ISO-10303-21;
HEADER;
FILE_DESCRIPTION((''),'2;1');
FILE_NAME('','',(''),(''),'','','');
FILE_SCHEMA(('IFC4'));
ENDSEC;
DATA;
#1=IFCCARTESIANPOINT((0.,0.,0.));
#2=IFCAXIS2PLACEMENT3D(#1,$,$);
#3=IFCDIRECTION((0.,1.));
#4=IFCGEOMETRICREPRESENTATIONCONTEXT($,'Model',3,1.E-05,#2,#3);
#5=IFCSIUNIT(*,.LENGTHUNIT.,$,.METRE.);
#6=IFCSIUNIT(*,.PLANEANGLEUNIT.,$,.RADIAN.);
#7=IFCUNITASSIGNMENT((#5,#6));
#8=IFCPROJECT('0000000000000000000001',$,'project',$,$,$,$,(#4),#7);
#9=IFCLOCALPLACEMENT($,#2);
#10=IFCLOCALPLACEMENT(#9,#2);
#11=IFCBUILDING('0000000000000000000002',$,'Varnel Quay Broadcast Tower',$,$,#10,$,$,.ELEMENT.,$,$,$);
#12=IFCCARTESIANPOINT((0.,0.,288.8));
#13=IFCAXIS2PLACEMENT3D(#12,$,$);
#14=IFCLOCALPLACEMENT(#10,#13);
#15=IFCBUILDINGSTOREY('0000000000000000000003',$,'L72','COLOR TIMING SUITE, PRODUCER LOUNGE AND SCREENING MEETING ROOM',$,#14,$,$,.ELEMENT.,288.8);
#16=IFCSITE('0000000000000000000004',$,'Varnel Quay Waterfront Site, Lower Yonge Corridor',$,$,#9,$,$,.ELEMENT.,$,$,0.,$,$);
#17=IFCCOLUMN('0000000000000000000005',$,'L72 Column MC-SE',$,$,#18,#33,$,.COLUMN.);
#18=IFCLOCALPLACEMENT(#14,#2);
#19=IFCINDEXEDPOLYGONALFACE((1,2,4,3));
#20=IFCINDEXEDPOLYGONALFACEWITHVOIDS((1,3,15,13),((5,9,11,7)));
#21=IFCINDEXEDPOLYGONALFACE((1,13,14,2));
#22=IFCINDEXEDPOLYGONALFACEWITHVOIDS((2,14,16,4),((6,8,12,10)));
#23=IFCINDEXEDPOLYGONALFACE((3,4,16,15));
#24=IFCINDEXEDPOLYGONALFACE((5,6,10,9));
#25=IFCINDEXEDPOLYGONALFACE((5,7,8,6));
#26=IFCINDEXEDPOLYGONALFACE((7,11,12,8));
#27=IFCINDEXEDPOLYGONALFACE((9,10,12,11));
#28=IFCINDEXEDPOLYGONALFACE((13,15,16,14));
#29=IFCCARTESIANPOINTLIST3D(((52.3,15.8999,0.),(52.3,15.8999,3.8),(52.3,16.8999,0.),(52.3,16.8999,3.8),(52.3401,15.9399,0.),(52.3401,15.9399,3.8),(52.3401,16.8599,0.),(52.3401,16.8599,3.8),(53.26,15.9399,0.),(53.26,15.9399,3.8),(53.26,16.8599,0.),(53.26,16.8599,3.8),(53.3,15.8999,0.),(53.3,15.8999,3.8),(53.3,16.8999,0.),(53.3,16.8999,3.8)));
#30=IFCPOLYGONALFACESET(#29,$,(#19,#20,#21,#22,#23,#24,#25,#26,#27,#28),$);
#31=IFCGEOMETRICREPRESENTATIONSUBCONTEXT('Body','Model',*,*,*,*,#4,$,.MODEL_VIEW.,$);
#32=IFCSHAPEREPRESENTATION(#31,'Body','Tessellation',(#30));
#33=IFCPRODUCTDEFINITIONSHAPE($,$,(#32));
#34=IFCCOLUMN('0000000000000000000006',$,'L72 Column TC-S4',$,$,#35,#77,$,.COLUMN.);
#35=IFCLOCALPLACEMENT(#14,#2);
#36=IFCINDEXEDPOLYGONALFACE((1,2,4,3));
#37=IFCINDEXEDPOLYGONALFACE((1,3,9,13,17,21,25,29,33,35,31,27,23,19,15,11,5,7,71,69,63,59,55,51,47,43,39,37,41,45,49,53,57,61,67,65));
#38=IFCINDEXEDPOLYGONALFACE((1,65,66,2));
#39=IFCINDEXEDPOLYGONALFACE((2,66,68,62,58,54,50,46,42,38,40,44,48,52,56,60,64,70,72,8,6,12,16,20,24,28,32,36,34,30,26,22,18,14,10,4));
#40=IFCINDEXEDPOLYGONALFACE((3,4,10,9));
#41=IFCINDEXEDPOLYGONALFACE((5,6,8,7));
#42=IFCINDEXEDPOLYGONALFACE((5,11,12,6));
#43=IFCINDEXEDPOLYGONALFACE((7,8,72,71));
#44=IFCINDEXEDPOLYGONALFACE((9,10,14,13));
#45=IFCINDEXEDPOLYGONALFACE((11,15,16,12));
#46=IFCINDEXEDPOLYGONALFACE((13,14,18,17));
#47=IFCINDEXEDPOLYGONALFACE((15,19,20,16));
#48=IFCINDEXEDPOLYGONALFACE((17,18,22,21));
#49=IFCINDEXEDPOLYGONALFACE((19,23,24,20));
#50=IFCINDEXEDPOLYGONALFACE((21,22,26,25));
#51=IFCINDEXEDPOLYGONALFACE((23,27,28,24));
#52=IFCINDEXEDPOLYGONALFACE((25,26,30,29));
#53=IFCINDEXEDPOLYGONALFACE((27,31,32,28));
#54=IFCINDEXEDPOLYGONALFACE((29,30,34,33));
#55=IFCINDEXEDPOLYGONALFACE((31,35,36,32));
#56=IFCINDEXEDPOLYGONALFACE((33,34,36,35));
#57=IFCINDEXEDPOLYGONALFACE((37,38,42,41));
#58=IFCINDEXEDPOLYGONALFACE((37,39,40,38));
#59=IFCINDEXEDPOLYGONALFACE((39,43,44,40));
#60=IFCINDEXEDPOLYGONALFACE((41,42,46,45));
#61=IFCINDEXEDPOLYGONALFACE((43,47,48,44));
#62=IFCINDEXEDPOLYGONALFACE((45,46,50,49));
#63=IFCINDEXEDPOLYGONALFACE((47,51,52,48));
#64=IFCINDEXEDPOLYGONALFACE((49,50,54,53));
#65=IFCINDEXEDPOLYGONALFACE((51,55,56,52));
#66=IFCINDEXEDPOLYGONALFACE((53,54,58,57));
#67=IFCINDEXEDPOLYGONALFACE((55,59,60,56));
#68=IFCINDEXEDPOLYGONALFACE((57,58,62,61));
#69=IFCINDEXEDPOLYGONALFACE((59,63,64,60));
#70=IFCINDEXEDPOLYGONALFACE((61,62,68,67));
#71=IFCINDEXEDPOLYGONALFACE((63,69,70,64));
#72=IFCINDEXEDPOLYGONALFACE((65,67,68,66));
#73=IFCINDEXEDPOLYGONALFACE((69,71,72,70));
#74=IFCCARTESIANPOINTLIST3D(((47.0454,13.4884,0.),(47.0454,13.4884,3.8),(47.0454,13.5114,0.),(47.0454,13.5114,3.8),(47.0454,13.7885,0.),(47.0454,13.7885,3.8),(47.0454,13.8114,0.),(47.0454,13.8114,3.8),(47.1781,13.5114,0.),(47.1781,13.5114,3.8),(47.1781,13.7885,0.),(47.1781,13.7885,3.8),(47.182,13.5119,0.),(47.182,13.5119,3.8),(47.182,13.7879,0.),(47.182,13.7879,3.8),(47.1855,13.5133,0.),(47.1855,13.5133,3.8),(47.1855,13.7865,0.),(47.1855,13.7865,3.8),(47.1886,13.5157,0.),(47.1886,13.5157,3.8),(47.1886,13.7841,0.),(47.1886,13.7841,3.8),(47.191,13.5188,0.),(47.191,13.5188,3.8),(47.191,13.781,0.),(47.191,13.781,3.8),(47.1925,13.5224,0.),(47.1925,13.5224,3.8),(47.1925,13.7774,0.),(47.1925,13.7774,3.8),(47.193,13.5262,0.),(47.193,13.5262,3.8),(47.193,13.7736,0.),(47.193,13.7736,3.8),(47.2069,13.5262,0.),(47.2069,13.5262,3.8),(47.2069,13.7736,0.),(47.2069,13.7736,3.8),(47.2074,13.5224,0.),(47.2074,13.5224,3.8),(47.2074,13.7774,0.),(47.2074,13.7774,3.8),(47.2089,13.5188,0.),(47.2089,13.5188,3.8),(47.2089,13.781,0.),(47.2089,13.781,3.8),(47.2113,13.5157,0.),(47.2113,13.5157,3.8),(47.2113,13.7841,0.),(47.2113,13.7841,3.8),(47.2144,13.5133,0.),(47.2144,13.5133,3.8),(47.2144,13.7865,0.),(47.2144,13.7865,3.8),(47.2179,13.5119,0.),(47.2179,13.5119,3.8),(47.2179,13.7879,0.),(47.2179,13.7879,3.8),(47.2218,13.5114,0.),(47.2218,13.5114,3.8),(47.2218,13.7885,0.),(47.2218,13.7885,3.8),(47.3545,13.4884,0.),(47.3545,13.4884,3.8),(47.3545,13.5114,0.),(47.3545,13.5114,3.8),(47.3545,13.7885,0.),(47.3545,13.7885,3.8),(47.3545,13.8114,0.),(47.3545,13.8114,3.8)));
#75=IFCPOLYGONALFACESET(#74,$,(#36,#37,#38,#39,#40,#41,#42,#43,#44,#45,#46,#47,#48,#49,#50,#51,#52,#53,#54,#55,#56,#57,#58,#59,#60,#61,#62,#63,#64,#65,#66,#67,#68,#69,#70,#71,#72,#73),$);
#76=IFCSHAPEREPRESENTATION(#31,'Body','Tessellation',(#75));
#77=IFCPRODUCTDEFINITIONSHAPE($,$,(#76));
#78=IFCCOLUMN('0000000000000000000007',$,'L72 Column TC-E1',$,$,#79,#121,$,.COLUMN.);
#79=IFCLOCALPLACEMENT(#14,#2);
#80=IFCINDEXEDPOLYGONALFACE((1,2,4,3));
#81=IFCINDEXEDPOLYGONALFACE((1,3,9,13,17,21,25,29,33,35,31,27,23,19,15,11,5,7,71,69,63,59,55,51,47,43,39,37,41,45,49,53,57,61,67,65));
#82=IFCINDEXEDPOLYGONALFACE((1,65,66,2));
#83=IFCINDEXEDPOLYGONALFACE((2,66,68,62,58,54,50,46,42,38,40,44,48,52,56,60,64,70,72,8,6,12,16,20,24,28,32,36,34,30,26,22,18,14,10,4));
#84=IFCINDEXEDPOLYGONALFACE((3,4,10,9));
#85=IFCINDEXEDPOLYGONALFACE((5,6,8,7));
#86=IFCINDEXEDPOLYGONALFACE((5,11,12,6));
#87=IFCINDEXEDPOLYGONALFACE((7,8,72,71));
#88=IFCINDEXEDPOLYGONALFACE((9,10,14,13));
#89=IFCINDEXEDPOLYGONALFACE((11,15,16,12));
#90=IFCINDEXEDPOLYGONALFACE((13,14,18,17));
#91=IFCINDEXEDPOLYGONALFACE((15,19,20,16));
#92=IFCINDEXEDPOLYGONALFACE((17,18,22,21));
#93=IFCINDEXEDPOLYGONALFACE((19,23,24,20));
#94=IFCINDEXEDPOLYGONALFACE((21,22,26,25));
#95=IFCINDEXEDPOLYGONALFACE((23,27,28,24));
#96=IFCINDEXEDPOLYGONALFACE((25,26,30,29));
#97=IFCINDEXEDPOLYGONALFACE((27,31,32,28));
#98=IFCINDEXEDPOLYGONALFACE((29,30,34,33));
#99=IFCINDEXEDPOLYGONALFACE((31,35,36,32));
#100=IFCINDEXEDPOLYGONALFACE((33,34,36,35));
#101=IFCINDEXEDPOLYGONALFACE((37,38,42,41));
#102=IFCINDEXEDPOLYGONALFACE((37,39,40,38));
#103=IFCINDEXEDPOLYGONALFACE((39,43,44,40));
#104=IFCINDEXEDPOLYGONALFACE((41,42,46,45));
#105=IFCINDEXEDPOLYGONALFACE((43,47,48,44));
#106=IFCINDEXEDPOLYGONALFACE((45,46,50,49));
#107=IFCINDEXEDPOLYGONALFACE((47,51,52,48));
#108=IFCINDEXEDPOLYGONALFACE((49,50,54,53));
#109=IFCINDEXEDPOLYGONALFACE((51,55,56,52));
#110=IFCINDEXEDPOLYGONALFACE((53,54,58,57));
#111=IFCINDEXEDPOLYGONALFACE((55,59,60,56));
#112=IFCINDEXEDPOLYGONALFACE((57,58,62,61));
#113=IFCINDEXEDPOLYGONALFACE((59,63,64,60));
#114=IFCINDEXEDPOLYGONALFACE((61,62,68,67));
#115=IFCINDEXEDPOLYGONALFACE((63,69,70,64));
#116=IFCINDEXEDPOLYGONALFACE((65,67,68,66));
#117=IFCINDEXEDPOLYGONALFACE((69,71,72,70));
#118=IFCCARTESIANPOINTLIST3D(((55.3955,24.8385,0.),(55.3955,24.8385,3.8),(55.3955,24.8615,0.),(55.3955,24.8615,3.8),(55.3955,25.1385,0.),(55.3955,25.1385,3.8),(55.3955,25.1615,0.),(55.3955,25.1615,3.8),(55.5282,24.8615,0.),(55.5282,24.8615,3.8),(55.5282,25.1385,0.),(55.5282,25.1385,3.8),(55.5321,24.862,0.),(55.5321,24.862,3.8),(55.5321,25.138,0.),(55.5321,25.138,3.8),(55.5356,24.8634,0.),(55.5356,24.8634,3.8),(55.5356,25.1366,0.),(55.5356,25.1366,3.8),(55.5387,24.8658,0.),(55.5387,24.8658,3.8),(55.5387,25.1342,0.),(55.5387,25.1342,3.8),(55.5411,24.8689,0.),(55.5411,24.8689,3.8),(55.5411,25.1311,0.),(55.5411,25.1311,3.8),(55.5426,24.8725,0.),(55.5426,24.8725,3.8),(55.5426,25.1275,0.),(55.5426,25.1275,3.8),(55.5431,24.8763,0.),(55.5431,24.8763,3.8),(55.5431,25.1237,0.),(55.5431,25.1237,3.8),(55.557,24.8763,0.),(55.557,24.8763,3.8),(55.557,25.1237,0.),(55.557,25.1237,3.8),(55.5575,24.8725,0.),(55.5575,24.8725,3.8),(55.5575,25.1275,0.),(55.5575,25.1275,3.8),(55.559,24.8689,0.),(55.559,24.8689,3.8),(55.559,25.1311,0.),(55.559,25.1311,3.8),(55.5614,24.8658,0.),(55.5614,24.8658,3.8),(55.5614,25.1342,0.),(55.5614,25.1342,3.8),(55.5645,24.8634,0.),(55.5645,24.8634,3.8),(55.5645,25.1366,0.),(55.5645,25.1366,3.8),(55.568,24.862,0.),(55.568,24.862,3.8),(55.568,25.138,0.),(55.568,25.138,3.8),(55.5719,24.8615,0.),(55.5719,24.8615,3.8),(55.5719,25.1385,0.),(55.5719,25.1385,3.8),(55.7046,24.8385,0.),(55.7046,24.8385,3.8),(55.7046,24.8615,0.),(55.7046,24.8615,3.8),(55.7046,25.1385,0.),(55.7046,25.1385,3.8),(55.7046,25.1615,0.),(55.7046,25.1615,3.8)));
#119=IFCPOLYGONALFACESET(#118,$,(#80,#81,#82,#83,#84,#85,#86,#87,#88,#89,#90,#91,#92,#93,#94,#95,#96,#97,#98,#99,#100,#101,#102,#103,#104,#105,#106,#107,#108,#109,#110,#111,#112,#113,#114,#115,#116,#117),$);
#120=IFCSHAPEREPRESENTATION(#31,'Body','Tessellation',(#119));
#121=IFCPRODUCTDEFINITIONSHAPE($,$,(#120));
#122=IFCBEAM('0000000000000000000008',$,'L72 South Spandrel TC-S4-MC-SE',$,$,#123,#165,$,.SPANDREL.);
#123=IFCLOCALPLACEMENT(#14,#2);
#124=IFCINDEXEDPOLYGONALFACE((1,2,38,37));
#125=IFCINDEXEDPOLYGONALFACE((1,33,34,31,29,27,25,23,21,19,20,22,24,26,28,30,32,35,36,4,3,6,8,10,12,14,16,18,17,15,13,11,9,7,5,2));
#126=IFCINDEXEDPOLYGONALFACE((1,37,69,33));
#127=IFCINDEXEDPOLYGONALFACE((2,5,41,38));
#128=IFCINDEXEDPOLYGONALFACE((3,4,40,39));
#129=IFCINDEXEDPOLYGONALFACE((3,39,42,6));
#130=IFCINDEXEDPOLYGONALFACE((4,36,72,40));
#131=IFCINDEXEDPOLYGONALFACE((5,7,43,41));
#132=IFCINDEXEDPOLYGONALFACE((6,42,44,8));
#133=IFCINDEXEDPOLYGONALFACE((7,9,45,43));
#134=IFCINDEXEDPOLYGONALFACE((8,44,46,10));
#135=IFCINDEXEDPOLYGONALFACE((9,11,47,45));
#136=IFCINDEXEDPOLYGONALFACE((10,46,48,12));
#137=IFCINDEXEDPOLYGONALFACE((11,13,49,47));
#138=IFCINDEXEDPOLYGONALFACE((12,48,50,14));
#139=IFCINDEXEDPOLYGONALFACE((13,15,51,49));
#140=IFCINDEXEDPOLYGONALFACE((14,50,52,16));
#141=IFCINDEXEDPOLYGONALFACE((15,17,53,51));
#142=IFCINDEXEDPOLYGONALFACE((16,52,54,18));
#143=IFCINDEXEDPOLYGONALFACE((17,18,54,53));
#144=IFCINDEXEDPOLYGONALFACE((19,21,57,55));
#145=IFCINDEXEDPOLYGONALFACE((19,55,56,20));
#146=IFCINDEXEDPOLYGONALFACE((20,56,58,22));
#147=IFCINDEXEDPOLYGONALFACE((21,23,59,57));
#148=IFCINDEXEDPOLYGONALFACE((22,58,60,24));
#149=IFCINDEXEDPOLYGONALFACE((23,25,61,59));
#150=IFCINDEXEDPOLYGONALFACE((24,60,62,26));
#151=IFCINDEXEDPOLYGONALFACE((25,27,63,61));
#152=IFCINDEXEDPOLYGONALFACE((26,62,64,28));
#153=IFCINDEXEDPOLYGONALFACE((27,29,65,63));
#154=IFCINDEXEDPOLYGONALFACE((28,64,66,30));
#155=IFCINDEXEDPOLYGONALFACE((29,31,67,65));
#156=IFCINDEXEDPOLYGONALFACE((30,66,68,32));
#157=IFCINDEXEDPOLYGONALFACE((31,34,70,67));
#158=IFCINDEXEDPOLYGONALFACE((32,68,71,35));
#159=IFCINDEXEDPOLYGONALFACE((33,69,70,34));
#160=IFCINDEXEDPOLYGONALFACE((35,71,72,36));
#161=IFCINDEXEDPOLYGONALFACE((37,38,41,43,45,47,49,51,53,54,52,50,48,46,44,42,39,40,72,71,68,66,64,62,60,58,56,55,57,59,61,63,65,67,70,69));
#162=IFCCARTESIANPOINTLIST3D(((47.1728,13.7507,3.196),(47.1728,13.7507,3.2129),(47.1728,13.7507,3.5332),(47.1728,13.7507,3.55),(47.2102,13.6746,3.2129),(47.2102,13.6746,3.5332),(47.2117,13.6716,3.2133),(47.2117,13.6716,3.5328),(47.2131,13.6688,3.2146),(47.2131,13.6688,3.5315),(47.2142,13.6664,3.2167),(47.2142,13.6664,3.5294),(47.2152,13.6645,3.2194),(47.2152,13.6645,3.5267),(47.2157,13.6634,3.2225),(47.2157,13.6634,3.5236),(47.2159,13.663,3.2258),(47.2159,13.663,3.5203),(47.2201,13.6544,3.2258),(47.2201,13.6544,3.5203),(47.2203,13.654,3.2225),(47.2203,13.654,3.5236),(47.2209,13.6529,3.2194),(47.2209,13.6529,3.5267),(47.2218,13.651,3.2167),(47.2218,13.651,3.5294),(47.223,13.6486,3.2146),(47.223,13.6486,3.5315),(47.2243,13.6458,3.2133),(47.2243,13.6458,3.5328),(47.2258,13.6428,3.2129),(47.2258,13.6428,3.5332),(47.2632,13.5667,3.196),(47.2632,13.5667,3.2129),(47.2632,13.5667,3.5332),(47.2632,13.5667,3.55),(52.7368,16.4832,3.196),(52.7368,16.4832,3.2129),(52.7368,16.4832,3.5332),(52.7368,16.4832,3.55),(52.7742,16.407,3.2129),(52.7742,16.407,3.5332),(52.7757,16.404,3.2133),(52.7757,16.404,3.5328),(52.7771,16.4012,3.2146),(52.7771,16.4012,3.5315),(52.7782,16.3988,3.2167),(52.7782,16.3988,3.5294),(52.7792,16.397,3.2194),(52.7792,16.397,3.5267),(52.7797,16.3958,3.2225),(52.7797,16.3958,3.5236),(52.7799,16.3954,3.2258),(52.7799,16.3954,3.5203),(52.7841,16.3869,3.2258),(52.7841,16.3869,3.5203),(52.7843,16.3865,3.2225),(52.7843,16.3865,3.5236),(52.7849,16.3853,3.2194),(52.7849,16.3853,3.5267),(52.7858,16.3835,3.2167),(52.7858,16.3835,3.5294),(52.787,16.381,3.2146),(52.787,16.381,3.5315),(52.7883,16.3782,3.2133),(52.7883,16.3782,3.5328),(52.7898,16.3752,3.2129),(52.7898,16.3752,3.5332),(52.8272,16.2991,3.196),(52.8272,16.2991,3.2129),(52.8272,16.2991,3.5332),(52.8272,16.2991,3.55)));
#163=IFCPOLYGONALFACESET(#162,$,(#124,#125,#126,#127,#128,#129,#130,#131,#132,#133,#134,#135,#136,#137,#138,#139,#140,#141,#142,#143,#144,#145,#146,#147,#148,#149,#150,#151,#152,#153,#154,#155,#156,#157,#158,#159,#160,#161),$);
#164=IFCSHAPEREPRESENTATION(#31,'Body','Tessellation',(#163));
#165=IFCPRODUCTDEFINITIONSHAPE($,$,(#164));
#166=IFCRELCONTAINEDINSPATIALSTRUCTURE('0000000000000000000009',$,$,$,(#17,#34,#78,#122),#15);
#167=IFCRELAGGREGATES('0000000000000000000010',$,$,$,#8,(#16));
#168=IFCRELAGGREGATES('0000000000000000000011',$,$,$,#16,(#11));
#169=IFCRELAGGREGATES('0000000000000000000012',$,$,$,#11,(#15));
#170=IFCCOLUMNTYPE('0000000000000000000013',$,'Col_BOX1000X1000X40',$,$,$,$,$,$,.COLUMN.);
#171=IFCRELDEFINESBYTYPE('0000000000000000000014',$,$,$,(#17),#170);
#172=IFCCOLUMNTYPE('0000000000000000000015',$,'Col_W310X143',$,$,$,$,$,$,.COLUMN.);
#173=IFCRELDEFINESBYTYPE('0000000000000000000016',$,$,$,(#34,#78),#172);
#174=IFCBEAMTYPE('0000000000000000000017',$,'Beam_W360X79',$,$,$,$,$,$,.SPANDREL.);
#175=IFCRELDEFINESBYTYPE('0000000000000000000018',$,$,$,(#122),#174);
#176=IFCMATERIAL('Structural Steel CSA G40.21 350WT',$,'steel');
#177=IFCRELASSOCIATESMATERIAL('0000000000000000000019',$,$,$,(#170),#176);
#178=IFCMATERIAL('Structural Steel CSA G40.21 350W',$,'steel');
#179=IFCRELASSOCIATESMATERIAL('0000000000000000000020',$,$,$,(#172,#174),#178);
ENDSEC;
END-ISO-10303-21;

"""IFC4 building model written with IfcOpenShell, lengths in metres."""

from ifc_helpers import new_model, si_unit, direction, frame, origin, origin_2d, place, context, subcontext, project, spatial, hollow_rectangle, i_section, extrude, source, transform, mapped, material, material_profile, profile_set, type_object, type_shapes, element, save


model = new_model("IFC4")

# Units and contexts
model_context = context("Model", 3, precision=1e-05, world=origin(), true_north=direction((0.0, 1.0)))
body_context = subcontext(model_context, "Body", "Model", "MODEL_VIEW")
ifc_project = project(units=[si_unit("LENGTHUNIT", "METRE"), si_unit("PLANEANGLEUNIT", "RADIAN")], contexts=[model_context])

# Site, building, storey
site_placement = place(None, origin())
site = spatial("IfcSite", under=ifc_project, at=site_placement, Name="Varnel Quay Waterfront Site, Lower Yonge Corridor", CompositionType="ELEMENT", RefElevation=0.0)
building_placement = place(site_placement, origin())
building = spatial("IfcBuilding", under=site, at=building_placement, Name="Varnel Quay Broadcast Tower", CompositionType="ELEMENT")
storey_placement = place(building_placement, frame((0.0, 0.0, 288.8)))
storey = spatial("IfcBuildingStorey", under=building, at=storey_placement, Name="L72", Description="COLOR TIMING SUITE, PRODUCER LOUNGE AND SCREENING MEETING ROOM", CompositionType="ELEMENT", Elevation=288.8)

# Columns
ifc_material_1 = material(Name="Structural Steel CSA G40.21 350WT", Category="steel")
ifc_material_profile_1 = material_profile(ifc_material_1, hollow_rectangle(XDim=1.0, YDim=1.0, WallThickness=0.04, at=origin_2d()), Name="BOX1000X1000X40")
ifc_profile_set_1 = profile_set([ifc_material_profile_1], Name="Structural Steel CSA G40.21 350WT")
column_type_1 = type_object("IfcColumnType", Name="Col_BOX1000X1000X40", PredefinedType="COLUMN", material=ifc_profile_set_1)
shared_shape_1 = source(origin(), body_context, "Body", "SweptSolid", [
    extrude(hollow_rectangle(XDim=1.0, YDim=1.0, WallThickness=0.04, at=origin_2d()), origin(), (0.0, 0.0, 1.0), 3.8),
])
type_shapes(column_type_1, [shared_shape_1])
column_placement = place(storey_placement, frame((52.8, 16.3999, 0.0), z_axis=(0.0, 0.0, 1.0), x_axis=(1.0, 0.0, 0.0)))
element("IfcColumn", 1, at=column_placement, inside=storey, type_object=column_type_1, Name="L72 Column MC-SE", PredefinedType="COLUMN", context=body_context, shape_type="MappedRepresentation", body=[
    mapped(shared_shape_1, transform((0.0, 0.0, 0.0), x_axis=(1.0, 0.0, 0.0), y_axis=(0.0, 1.0, 0.0), z_axis=(0.0, 0.0, 1.0), scale=1.0)),
])
ifc_material_2 = material(Name="Structural Steel CSA G40.21 350W", Category="steel")
ifc_material_profile_2 = material_profile(ifc_material_2, i_section(OverallWidth=0.3091, OverallDepth=0.323, WebThickness=0.0139, FlangeThickness=0.0229, FilletRadius=0.0149, at=origin_2d()), Name="W310X143")
ifc_profile_set_2 = profile_set([ifc_material_profile_2], Name="Structural Steel CSA G40.21 350W")
column_type_2 = type_object("IfcColumnType", Name="Col_W310X143", PredefinedType="COLUMN", material=ifc_profile_set_2)
shared_shape_2 = source(origin(), body_context, "Body", "SweptSolid", [
    extrude(i_section(OverallWidth=0.3091, OverallDepth=0.323, WebThickness=0.0139, FlangeThickness=0.0229, FilletRadius=0.0149, at=origin_2d()), origin(), (0.0, 0.0, 1.0), 3.8),
])
type_shapes(column_type_2, [shared_shape_2])
for number, where, z_axis, x_axis, name in (
    (2, (47.2, 13.6499, 0.0), (0.0, 0.0, 1.0), (1.0, 0.0, 0.0), "L72 Column TC-S4"),
    (3, (55.55, 25.0, 0.0), (0.0, 0.0, 1.0), (1.0, 0.0, 0.0), "L72 Column TC-E1"),
):
    element("IfcColumn", number, at=place(storey_placement, frame(where, z_axis=z_axis, x_axis=x_axis)), inside=storey, type_object=column_type_2, Name=name, PredefinedType="COLUMN", context=body_context, shape_type="MappedRepresentation", body=[
        mapped(shared_shape_2, transform((0.0, 0.0, 0.0), x_axis=(1.0, 0.0, 0.0), y_axis=(0.0, 1.0, 0.0), z_axis=(0.0, 0.0, 1.0), scale=1.0)),
    ])

# Beam
ifc_material_profile_3 = material_profile(ifc_material_2, i_section(OverallWidth=0.2051, OverallDepth=0.354, WebThickness=0.0095, FlangeThickness=0.0168, FilletRadius=0.0129, at=origin_2d()), Name="W360X79")
ifc_profile_set_3 = profile_set([ifc_material_profile_3], Name="Structural Steel CSA G40.21 350W")
beam_type = type_object("IfcBeamType", Name="Beam_W360X79", PredefinedType="SPANDREL", material=ifc_profile_set_3)
shared_shape_3 = source(origin(), body_context, "Body", "SweptSolid", [
    extrude(i_section(OverallWidth=0.2051, OverallDepth=0.354, WebThickness=0.0095, FlangeThickness=0.0168, FilletRadius=0.0129, at=origin_2d()), origin(), (0.0, 0.0, 1.0), 6.1987),
])
beam_1_placement = place(storey_placement, frame((47.218, 13.6587, 3.373), z_axis=(0.897602, 0.440806, 0.0), x_axis=(-0.440806, 0.897602, 0.0)))
element("IfcBeam", 4, at=beam_1_placement, inside=storey, type_object=beam_type, Name="L72 South Spandrel TC-S4-MC-SE", PredefinedType="SPANDREL", context=body_context, shape_type="MappedRepresentation", body=[
    mapped(shared_shape_3, transform((0.0, 0.0, 0.0), x_axis=(1.0, 0.0, 0.0), y_axis=(0.0, 1.0, 0.0), z_axis=(0.0, 0.0, 1.0), scale=1.0)),
])

save(model, "model.ifc")
